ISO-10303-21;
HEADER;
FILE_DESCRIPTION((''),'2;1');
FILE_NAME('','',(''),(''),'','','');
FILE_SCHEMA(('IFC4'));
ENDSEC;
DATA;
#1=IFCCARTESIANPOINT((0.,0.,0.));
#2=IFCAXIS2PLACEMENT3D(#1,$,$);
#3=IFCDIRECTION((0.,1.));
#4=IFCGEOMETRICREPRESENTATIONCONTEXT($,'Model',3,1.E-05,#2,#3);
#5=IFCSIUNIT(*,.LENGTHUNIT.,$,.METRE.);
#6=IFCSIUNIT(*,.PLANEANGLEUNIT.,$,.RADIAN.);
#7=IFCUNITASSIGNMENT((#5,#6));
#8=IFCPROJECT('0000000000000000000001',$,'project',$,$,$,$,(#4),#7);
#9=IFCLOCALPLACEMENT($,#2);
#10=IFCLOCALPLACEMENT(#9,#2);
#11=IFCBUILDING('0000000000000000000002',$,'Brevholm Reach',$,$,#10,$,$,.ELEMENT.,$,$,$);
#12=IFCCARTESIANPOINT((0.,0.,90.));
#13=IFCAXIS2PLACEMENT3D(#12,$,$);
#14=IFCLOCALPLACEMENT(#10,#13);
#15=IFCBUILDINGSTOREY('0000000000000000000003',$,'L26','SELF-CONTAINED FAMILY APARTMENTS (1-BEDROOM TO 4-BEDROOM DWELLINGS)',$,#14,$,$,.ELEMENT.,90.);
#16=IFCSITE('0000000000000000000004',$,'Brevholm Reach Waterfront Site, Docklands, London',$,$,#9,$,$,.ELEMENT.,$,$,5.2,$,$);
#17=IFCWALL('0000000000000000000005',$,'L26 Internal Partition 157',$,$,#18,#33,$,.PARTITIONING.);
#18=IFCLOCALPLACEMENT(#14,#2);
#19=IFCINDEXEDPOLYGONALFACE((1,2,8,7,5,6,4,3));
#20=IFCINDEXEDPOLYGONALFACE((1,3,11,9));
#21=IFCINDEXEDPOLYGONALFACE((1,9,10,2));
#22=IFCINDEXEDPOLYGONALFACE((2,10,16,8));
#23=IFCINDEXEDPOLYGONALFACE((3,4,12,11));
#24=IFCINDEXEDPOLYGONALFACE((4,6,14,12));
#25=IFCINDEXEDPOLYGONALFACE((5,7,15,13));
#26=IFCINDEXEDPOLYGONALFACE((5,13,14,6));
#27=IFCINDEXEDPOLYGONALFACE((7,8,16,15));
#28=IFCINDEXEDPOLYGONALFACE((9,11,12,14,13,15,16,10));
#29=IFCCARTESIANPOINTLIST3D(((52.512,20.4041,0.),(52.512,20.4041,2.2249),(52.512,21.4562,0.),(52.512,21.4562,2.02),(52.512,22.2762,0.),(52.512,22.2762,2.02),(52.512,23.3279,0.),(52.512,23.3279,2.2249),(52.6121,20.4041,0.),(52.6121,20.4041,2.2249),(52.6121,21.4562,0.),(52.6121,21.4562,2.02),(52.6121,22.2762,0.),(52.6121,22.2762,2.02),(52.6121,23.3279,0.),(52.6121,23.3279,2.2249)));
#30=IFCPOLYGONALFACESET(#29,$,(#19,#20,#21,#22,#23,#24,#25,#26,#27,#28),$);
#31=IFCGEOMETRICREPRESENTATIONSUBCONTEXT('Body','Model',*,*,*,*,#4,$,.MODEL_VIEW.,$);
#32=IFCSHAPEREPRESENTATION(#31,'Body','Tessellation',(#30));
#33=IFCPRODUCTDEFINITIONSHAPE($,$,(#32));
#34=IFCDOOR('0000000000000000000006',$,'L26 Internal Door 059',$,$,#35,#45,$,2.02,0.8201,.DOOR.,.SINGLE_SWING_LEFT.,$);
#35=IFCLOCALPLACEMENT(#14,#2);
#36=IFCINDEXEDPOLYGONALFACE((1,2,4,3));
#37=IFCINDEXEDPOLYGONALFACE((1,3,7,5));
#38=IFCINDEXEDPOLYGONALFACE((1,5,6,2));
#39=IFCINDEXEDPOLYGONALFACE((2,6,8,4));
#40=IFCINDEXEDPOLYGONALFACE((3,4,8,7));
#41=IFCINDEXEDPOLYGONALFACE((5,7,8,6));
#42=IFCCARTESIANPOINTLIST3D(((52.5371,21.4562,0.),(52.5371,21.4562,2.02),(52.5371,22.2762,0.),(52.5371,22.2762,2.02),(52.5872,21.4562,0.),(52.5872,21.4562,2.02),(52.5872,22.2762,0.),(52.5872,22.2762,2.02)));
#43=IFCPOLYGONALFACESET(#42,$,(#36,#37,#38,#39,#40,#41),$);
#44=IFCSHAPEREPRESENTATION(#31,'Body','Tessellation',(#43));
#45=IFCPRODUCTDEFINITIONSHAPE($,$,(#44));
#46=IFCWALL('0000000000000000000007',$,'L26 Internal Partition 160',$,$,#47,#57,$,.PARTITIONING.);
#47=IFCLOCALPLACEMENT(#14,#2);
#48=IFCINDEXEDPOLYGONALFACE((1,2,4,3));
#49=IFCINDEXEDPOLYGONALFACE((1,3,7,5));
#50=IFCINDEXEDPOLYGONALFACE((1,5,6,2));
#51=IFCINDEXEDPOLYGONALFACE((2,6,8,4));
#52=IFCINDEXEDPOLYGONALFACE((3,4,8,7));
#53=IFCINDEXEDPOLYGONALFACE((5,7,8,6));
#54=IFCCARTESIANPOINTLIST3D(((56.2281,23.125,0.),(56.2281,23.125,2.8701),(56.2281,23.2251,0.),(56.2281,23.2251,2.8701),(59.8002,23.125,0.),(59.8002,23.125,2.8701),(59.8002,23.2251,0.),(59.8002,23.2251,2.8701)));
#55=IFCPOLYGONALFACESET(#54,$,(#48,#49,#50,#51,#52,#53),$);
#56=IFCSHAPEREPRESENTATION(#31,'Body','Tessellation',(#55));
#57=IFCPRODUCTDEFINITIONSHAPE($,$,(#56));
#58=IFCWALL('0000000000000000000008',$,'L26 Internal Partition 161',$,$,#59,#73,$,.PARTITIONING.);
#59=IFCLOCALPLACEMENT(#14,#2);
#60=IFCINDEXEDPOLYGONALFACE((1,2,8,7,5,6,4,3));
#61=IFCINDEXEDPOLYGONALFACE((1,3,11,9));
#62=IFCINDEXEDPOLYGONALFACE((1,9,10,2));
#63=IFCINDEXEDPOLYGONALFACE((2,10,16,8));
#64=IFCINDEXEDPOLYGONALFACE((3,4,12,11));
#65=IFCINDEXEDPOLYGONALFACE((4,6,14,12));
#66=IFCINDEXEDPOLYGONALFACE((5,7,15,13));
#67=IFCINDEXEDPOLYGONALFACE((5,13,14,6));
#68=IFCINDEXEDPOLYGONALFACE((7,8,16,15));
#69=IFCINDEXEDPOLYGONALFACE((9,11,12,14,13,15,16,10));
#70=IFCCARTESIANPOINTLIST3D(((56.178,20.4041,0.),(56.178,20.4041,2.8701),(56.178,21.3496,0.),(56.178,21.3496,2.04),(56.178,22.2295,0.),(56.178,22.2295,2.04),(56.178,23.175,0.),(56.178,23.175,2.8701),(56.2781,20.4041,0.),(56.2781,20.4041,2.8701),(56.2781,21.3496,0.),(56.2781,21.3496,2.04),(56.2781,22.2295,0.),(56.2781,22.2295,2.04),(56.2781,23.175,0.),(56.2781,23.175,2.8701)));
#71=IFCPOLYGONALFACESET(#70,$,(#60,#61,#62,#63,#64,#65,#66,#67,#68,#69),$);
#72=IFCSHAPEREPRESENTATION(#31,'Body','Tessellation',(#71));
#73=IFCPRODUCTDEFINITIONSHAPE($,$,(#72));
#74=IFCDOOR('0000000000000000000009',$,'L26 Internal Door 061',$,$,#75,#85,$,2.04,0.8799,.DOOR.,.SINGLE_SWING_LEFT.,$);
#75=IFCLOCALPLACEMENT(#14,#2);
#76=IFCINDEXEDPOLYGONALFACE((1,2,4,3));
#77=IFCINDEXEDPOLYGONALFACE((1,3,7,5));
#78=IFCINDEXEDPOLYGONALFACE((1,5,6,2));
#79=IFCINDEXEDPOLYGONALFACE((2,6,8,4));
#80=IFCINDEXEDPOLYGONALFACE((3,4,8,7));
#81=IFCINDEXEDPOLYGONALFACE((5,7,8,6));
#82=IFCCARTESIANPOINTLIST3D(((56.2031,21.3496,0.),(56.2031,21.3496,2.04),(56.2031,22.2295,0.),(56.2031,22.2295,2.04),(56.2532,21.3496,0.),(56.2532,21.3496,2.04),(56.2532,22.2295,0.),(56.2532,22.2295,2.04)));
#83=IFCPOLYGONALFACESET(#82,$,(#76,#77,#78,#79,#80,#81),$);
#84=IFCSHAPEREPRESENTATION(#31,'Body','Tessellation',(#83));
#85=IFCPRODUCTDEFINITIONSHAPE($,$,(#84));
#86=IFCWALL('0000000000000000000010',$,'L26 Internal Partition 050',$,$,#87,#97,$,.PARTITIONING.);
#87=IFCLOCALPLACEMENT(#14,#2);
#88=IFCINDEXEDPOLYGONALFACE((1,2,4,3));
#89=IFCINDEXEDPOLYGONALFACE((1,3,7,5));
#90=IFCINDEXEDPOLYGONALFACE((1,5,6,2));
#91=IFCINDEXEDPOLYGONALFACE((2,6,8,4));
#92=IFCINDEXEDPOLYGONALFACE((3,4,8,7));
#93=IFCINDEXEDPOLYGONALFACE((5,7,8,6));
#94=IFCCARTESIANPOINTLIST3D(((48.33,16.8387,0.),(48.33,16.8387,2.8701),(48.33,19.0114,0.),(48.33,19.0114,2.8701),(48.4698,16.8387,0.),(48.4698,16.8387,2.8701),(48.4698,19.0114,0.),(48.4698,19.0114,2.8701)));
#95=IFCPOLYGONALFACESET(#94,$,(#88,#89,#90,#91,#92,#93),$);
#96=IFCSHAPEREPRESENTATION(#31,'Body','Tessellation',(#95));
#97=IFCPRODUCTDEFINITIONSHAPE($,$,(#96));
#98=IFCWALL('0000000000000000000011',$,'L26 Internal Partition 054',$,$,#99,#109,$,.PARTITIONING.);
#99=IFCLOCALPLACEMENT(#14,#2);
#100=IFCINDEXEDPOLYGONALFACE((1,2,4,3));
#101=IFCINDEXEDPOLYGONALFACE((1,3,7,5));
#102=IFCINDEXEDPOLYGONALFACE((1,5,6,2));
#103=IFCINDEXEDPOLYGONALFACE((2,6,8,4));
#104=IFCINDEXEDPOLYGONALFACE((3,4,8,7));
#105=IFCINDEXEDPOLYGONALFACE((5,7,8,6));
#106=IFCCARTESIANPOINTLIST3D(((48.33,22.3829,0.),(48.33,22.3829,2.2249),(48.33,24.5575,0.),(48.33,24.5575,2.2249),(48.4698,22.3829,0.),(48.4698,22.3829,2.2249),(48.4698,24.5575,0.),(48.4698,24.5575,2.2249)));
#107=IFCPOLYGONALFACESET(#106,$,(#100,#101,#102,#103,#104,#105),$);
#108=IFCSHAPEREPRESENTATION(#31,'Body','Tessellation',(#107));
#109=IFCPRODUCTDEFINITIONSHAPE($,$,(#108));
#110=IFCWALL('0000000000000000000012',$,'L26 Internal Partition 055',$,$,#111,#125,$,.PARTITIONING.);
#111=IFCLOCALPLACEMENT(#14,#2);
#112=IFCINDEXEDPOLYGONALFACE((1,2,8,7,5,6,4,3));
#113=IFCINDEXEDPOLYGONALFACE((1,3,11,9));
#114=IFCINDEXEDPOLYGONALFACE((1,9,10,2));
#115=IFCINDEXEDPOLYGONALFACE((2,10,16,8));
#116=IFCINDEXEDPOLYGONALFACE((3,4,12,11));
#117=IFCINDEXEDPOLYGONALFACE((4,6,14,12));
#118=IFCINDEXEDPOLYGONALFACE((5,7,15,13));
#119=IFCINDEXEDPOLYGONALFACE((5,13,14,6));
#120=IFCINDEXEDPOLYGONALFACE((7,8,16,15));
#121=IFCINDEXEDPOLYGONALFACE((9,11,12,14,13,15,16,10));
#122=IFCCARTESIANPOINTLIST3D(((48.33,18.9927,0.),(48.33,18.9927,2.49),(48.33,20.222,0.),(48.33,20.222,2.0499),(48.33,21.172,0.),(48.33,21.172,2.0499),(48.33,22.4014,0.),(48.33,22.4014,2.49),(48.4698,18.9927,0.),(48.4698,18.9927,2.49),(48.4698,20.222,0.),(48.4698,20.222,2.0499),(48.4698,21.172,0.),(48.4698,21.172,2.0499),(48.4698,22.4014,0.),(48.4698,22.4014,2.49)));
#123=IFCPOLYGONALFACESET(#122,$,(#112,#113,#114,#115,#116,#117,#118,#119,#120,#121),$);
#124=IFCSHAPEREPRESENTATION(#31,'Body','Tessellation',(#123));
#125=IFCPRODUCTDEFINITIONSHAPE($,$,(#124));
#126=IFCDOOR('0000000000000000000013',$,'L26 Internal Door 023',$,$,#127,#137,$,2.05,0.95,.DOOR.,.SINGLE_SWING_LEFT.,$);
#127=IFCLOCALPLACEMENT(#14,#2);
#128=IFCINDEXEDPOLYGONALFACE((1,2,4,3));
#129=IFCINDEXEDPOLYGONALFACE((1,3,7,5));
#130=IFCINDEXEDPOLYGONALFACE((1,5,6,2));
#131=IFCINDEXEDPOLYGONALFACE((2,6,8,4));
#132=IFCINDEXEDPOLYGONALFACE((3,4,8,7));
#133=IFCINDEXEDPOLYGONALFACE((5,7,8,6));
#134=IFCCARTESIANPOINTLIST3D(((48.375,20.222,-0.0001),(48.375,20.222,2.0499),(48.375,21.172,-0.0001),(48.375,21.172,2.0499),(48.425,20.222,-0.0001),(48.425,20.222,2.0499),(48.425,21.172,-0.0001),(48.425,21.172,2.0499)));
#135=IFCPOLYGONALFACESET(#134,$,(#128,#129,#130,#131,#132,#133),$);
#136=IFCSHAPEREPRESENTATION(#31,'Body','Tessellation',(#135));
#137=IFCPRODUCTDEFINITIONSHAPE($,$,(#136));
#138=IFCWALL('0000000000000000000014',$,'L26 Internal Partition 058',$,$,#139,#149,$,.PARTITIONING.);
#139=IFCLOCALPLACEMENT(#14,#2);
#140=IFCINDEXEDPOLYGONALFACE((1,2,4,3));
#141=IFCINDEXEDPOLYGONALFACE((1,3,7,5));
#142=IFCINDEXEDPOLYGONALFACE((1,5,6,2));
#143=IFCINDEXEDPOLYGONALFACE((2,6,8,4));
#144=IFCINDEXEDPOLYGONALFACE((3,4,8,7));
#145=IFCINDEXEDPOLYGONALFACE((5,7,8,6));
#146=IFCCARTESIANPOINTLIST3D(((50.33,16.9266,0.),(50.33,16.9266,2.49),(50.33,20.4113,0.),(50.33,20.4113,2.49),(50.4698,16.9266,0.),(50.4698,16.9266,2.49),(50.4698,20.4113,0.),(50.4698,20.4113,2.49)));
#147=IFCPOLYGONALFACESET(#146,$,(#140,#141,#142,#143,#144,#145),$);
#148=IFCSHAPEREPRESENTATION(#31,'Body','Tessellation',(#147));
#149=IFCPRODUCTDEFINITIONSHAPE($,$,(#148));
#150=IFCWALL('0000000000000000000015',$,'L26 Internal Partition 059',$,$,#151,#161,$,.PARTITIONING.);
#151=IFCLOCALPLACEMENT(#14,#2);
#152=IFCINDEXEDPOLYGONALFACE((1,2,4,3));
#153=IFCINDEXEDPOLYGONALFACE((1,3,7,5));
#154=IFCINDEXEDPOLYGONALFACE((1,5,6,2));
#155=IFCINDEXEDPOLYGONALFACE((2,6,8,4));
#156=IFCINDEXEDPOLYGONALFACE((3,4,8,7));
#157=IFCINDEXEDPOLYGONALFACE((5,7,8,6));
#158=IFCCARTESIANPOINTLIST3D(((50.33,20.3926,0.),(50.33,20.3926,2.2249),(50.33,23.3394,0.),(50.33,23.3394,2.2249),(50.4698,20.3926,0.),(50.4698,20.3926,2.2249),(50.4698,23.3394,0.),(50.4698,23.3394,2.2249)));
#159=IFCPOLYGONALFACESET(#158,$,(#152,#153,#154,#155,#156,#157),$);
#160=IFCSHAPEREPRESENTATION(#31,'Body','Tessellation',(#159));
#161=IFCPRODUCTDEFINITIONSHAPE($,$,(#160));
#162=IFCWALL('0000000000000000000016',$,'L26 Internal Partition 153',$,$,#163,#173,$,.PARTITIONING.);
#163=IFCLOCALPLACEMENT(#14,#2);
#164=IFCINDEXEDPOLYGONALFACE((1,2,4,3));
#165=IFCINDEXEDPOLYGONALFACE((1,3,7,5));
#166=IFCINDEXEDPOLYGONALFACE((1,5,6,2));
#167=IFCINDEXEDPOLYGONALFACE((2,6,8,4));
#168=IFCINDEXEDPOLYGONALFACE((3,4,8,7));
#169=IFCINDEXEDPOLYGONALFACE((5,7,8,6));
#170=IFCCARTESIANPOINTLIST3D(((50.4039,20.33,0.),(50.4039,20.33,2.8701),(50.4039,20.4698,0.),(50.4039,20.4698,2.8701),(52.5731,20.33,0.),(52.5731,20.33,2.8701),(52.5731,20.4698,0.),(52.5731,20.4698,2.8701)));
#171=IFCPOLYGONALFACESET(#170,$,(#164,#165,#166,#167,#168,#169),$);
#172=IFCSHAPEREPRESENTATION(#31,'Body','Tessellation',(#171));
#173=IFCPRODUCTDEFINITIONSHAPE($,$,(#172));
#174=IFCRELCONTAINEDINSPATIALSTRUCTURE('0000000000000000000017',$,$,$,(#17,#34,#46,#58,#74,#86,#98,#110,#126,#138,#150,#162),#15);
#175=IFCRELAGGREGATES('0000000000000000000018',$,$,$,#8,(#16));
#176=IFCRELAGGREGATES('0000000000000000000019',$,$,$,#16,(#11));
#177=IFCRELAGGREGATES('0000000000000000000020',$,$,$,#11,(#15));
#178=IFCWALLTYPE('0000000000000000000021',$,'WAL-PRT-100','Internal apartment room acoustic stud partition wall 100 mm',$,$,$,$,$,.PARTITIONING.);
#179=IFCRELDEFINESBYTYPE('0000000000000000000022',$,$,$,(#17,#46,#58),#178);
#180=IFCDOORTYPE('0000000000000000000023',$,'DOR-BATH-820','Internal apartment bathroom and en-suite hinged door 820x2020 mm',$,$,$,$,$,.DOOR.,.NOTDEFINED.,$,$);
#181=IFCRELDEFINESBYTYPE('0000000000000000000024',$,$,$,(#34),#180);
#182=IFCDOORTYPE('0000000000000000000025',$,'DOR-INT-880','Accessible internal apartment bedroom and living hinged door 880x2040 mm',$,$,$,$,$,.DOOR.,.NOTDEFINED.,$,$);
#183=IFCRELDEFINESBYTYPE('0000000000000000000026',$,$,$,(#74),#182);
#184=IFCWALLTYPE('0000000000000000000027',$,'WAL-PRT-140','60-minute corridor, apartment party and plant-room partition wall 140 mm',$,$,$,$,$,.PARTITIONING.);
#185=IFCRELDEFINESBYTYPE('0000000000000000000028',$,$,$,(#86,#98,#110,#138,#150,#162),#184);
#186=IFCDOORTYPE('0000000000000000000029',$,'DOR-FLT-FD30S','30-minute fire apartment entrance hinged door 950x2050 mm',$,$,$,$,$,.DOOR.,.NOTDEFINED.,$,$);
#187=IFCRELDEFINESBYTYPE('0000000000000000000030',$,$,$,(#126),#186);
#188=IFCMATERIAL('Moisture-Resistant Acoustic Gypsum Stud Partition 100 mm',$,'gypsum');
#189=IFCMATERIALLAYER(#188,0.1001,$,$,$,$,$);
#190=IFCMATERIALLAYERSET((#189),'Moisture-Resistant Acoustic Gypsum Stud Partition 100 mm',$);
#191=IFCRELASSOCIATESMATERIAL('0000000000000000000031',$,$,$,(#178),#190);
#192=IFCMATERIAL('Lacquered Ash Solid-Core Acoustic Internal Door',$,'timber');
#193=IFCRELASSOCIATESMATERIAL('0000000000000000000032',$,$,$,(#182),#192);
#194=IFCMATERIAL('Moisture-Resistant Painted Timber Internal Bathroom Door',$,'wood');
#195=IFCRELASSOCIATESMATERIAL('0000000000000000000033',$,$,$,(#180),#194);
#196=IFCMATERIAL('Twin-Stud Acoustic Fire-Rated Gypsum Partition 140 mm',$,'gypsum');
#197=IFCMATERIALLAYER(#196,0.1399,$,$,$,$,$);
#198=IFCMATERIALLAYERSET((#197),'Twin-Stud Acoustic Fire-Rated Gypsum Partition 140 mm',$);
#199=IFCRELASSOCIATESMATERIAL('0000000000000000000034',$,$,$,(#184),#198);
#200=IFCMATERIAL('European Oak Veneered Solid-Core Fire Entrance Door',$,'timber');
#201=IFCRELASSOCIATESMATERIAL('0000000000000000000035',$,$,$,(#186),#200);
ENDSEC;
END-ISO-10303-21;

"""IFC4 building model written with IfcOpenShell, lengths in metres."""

from ifc_helpers import new_model, si_unit, direction, frame, frame_2d, origin, place, context, subcontext, project, spatial, rectangle, extrude, material, layer, layer_set, type_object, element, fill, save


model = new_model("IFC4")

# Units and contexts
model_context = context("Model", 3, precision=1e-05, world=origin(), true_north=direction((0.0, 1.0)))
body_context = subcontext(model_context, "Body", "Model", "MODEL_VIEW")
ifc_project = project(units=[si_unit("LENGTHUNIT", "METRE"), si_unit("PLANEANGLEUNIT", "RADIAN")], contexts=[model_context])

# Site, building, storey
site_placement = place(None, origin())
site = spatial("IfcSite", under=ifc_project, at=site_placement, Name="Brevholm Reach Waterfront Site, Docklands, London", CompositionType="ELEMENT", RefElevation=5.2)
building_placement = place(site_placement, origin())
building = spatial("IfcBuilding", under=site, at=building_placement, Name="Brevholm Reach", CompositionType="ELEMENT")
storey_placement = place(building_placement, frame((0.0, 0.0, 90.0)))
storey = spatial("IfcBuildingStorey", under=building, at=storey_placement, Name="L26", Description="SELF-CONTAINED FAMILY APARTMENTS (1-BEDROOM TO 4-BEDROOM DWELLINGS)", CompositionType="ELEMENT", Elevation=90.0)

# Shared definitions
ifc_material_1 = material(Name="Moisture-Resistant Acoustic Gypsum Stud Partition 100 mm", Category="gypsum")
ifc_layer_1 = layer(ifc_material_1, 0.1001)
ifc_layer_set_1 = layer_set([ifc_layer_1], Name="Moisture-Resistant Acoustic Gypsum Stud Partition 100 mm")
wall_type_1 = type_object("IfcWallType", Name="WAL-PRT-100", Description="Internal apartment room acoustic stud partition wall 100 mm", PredefinedType="PARTITIONING", material=ifc_layer_set_1)

# Wall, opening, door
ifc_material_2 = material(Name="Lacquered Ash Solid-Core Acoustic Internal Door", Category="timber")
door_type_1 = type_object("IfcDoorType", Name="DOR-INT-880", Description="Accessible internal apartment bedroom and living hinged door 880x2040 mm", OperationType="NOTDEFINED", PredefinedType="DOOR", material=ifc_material_2)
wall_1_placement = place(storey_placement, frame((52.562, 20.4041, 0.0), z_axis=(0.0, 0.0, 1.0), x_axis=(0.0, 1.0, 0.0)))
wall_1 = element("IfcWall", 1, at=wall_1_placement, inside=storey, type_object=wall_type_1, Name="L26 Internal Partition 157", PredefinedType="PARTITIONING", context=body_context, shape_type="SweptSolid", body=[
    extrude(rectangle(XDim=2.9238, YDim=0.1001, at=frame_2d((1.4619, 0.0))), origin(), (0.0, 0.0, 1.0), 2.2249),
])
opening_1_placement = place(wall_1_placement, frame((1.052, 0.0, 0.0)))
opening_1 = element("IfcOpeningElement", 2, at=opening_1_placement, cuts=wall_1, PredefinedType="OPENING", context=body_context, shape_type="SweptSolid", body=[
    extrude(rectangle(XDim=0.8201, YDim=2.02, at=frame_2d((0.4102, 1.01))), frame((0.0, 0.0601, 0.0), z_axis=(0.0, -1.0, 0.0), x_axis=(1.0, 0.0, 0.0)), (0.0, 0.0, 1.0), 0.1201),
])
ifc_material_3 = material(Name="Moisture-Resistant Painted Timber Internal Bathroom Door", Category="wood")
door_type_2 = type_object("IfcDoorType", Name="DOR-BATH-820", Description="Internal apartment bathroom and en-suite hinged door 820x2020 mm", OperationType="NOTDEFINED", PredefinedType="DOOR", material=ifc_material_3)
door_1_placement = place(opening_1_placement, origin())
door_1 = element("IfcDoor", 3, at=door_1_placement, inside=storey, type_object=door_type_2, Name="L26 Internal Door 059", OperationType="SINGLE_SWING_LEFT", OverallHeight=2.02, OverallWidth=0.8201, PredefinedType="DOOR", context=body_context, shape_type="SweptSolid", body=[
    extrude(rectangle(XDim=0.8201, YDim=2.02, at=frame_2d((0.4102, 1.01))), frame((0.0, 0.0249, 0.0), z_axis=(0.0, -1.0, 0.0), x_axis=(1.0, 0.0, 0.0)), (0.0, 0.0, 1.0), 0.05),
])
fill(opening_1, door_1)

# Wall
wall_2_placement = place(storey_placement, frame((56.228, 23.175, 0.0), z_axis=(0.0, 0.0, 1.0), x_axis=(1.0, 0.0, 0.0)))
element("IfcWall", 4, at=wall_2_placement, inside=storey, type_object=wall_type_1, Name="L26 Internal Partition 160", PredefinedType="PARTITIONING", context=body_context, shape_type="SweptSolid", body=[
    extrude(rectangle(XDim=3.572, YDim=0.1001, at=frame_2d((1.7861, 0.0))), origin(), (0.0, 0.0, 1.0), 2.8701),
])

# Wall, opening, door
wall_3_placement = place(storey_placement, frame((56.228, 20.4041, 0.0), z_axis=(0.0, 0.0, 1.0), x_axis=(0.0, 1.0, 0.0)))
wall_3 = element("IfcWall", 5, at=wall_3_placement, inside=storey, type_object=wall_type_1, Name="L26 Internal Partition 161", PredefinedType="PARTITIONING", context=body_context, shape_type="SweptSolid", body=[
    extrude(rectangle(XDim=2.771, YDim=0.1001, at=frame_2d((1.3855, 0.0))), origin(), (0.0, 0.0, 1.0), 2.8701),
])
opening_2_placement = place(wall_3_placement, frame((0.9456, 0.0, 0.0)))
opening_2 = element("IfcOpeningElement", 6, at=opening_2_placement, cuts=wall_3, PredefinedType="OPENING", context=body_context, shape_type="SweptSolid", body=[
    extrude(rectangle(XDim=0.8799, YDim=2.04, at=frame_2d((0.4399, 1.02))), frame((0.0, 0.0601, 0.0), z_axis=(0.0, -1.0, 0.0), x_axis=(1.0, 0.0, 0.0)), (0.0, 0.0, 1.0), 0.1201),
])
door_2_placement = place(opening_2_placement, origin())
door_2 = element("IfcDoor", 7, at=door_2_placement, inside=storey, type_object=door_type_1, Name="L26 Internal Door 061", OperationType="SINGLE_SWING_LEFT", OverallHeight=2.04, OverallWidth=0.8799, PredefinedType="DOOR", context=body_context, shape_type="SweptSolid", body=[
    extrude(rectangle(XDim=0.8799, YDim=2.04, at=frame_2d((0.4399, 1.02))), frame((0.0, 0.0249, 0.0), z_axis=(0.0, -1.0, 0.0), x_axis=(1.0, 0.0, 0.0)), (0.0, 0.0, 1.0), 0.05),
])
fill(opening_2, door_2)

# Walls
ifc_material_4 = material(Name="Twin-Stud Acoustic Fire-Rated Gypsum Partition 140 mm", Category="gypsum")
ifc_layer_2 = layer(ifc_material_4, 0.1399)
ifc_layer_set_2 = layer_set([ifc_layer_2], Name="Twin-Stud Acoustic Fire-Rated Gypsum Partition 140 mm")
wall_type_2 = type_object("IfcWallType", Name="WAL-PRT-140", Description="60-minute corridor, apartment party and plant-room partition wall 140 mm", PredefinedType="PARTITIONING", material=ifc_layer_set_2)
wall_4_placement = place(storey_placement, frame((48.3999, 16.8386, 0.0), z_axis=(0.0, 0.0, 1.0), x_axis=(0.0, 1.0, 0.0)))
element("IfcWall", 8, at=wall_4_placement, inside=storey, type_object=wall_type_2, Name="L26 Internal Partition 050", PredefinedType="PARTITIONING", context=body_context, shape_type="SweptSolid", body=[
    extrude(rectangle(XDim=2.1726, YDim=0.1399, at=frame_2d((1.0864, 0.0))), origin(), (0.0, 0.0, 1.0), 2.8701),
])
wall_5_placement = place(storey_placement, frame((48.3999, 22.3828, 0.0), z_axis=(0.0, 0.0, 1.0), x_axis=(0.0, 1.0, 0.0)))
element("IfcWall", 9, at=wall_5_placement, inside=storey, type_object=wall_type_2, Name="L26 Internal Partition 054", PredefinedType="PARTITIONING", context=body_context, shape_type="SweptSolid", body=[
    extrude(rectangle(XDim=2.1746, YDim=0.1399, at=frame_2d((1.0874, 0.0))), origin(), (0.0, 0.0, 1.0), 2.2249),
])

# Wall, opening, door
wall_6_placement = place(storey_placement, frame((48.3999, 18.9927, 0.0), z_axis=(0.0, 0.0, 1.0), x_axis=(0.0, 1.0, 0.0)))
wall_6 = element("IfcWall", 10, at=wall_6_placement, inside=storey, type_object=wall_type_2, Name="L26 Internal Partition 055", PredefinedType="PARTITIONING", context=body_context, shape_type="SweptSolid", body=[
    extrude(rectangle(XDim=3.4087, YDim=0.1399, at=frame_2d((1.7043, 0.0))), origin(), (0.0, 0.0, 1.0), 2.49),
])
opening_3_placement = place(wall_6_placement, frame((1.2292, 0.0, 0.0)))
opening_3 = element("IfcOpeningElement", 11, at=opening_3_placement, cuts=wall_6, PredefinedType="OPENING", context=body_context, shape_type="SweptSolid", body=[
    extrude(rectangle(XDim=0.95, YDim=2.05, at=frame_2d((0.4751, 1.0249))), frame((0.0, 0.0798, 0.0), z_axis=(0.0, -1.0, 0.0), x_axis=(1.0, 0.0, 0.0)), (0.0, 0.0, 1.0), 0.1599),
])
ifc_material_5 = material(Name="European Oak Veneered Solid-Core Fire Entrance Door", Category="timber")
door_type_3 = type_object("IfcDoorType", Name="DOR-FLT-FD30S", Description="30-minute fire apartment entrance hinged door 950x2050 mm", OperationType="NOTDEFINED", PredefinedType="DOOR", material=ifc_material_5)
door_3_placement = place(opening_3_placement, origin())
door_3 = element("IfcDoor", 12, at=door_3_placement, inside=storey, type_object=door_type_3, Name="L26 Internal Door 023", OperationType="SINGLE_SWING_LEFT", OverallHeight=2.05, OverallWidth=0.95, PredefinedType="DOOR", context=body_context, shape_type="SweptSolid", body=[
    extrude(rectangle(XDim=0.95, YDim=2.05, at=frame_2d((0.4751, 1.0249))), frame((0.0, 0.0249, 0.0), z_axis=(0.0, -1.0, 0.0), x_axis=(1.0, 0.0, 0.0)), (0.0, 0.0, 1.0), 0.05),
])
fill(opening_3, door_3)

# Walls
wall_7_placement = place(storey_placement, frame((50.3999, 16.9268, 0.0), z_axis=(0.0, 0.0, 1.0), x_axis=(0.0, 1.0, 0.0)))
element("IfcWall", 13, at=wall_7_placement, inside=storey, type_object=wall_type_2, Name="L26 Internal Partition 058", PredefinedType="PARTITIONING", context=body_context, shape_type="SweptSolid", body=[
    extrude(rectangle(XDim=3.4846, YDim=0.1399, at=frame_2d((1.7422, 0.0))), origin(), (0.0, 0.0, 1.0), 2.49),
])
wall_8_placement = place(storey_placement, frame((50.3999, 20.3926, 0.0), z_axis=(0.0, 0.0, 1.0), x_axis=(0.0, 1.0, 0.0)))
element("IfcWall", 14, at=wall_8_placement, inside=storey, type_object=wall_type_2, Name="L26 Internal Partition 059", PredefinedType="PARTITIONING", context=body_context, shape_type="SweptSolid", body=[
    extrude(rectangle(XDim=2.9468, YDim=0.1399, at=frame_2d((1.4734, 0.0))), origin(), (0.0, 0.0, 1.0), 2.2249),
])
wall_9_placement = place(storey_placement, frame((50.4041, 20.3999, 0.0), z_axis=(0.0, 0.0, 1.0), x_axis=(1.0, 0.0, 0.0)))
element("IfcWall", 15, at=wall_9_placement, inside=storey, type_object=wall_type_2, Name="L26 Internal Partition 153", PredefinedType="PARTITIONING", context=body_context, shape_type="SweptSolid", body=[
    extrude(rectangle(XDim=2.1692, YDim=0.1399, at=frame_2d((1.0845, 0.0))), origin(), (0.0, 0.0, 1.0), 2.8701),
])

save(model, "model.ifc")
